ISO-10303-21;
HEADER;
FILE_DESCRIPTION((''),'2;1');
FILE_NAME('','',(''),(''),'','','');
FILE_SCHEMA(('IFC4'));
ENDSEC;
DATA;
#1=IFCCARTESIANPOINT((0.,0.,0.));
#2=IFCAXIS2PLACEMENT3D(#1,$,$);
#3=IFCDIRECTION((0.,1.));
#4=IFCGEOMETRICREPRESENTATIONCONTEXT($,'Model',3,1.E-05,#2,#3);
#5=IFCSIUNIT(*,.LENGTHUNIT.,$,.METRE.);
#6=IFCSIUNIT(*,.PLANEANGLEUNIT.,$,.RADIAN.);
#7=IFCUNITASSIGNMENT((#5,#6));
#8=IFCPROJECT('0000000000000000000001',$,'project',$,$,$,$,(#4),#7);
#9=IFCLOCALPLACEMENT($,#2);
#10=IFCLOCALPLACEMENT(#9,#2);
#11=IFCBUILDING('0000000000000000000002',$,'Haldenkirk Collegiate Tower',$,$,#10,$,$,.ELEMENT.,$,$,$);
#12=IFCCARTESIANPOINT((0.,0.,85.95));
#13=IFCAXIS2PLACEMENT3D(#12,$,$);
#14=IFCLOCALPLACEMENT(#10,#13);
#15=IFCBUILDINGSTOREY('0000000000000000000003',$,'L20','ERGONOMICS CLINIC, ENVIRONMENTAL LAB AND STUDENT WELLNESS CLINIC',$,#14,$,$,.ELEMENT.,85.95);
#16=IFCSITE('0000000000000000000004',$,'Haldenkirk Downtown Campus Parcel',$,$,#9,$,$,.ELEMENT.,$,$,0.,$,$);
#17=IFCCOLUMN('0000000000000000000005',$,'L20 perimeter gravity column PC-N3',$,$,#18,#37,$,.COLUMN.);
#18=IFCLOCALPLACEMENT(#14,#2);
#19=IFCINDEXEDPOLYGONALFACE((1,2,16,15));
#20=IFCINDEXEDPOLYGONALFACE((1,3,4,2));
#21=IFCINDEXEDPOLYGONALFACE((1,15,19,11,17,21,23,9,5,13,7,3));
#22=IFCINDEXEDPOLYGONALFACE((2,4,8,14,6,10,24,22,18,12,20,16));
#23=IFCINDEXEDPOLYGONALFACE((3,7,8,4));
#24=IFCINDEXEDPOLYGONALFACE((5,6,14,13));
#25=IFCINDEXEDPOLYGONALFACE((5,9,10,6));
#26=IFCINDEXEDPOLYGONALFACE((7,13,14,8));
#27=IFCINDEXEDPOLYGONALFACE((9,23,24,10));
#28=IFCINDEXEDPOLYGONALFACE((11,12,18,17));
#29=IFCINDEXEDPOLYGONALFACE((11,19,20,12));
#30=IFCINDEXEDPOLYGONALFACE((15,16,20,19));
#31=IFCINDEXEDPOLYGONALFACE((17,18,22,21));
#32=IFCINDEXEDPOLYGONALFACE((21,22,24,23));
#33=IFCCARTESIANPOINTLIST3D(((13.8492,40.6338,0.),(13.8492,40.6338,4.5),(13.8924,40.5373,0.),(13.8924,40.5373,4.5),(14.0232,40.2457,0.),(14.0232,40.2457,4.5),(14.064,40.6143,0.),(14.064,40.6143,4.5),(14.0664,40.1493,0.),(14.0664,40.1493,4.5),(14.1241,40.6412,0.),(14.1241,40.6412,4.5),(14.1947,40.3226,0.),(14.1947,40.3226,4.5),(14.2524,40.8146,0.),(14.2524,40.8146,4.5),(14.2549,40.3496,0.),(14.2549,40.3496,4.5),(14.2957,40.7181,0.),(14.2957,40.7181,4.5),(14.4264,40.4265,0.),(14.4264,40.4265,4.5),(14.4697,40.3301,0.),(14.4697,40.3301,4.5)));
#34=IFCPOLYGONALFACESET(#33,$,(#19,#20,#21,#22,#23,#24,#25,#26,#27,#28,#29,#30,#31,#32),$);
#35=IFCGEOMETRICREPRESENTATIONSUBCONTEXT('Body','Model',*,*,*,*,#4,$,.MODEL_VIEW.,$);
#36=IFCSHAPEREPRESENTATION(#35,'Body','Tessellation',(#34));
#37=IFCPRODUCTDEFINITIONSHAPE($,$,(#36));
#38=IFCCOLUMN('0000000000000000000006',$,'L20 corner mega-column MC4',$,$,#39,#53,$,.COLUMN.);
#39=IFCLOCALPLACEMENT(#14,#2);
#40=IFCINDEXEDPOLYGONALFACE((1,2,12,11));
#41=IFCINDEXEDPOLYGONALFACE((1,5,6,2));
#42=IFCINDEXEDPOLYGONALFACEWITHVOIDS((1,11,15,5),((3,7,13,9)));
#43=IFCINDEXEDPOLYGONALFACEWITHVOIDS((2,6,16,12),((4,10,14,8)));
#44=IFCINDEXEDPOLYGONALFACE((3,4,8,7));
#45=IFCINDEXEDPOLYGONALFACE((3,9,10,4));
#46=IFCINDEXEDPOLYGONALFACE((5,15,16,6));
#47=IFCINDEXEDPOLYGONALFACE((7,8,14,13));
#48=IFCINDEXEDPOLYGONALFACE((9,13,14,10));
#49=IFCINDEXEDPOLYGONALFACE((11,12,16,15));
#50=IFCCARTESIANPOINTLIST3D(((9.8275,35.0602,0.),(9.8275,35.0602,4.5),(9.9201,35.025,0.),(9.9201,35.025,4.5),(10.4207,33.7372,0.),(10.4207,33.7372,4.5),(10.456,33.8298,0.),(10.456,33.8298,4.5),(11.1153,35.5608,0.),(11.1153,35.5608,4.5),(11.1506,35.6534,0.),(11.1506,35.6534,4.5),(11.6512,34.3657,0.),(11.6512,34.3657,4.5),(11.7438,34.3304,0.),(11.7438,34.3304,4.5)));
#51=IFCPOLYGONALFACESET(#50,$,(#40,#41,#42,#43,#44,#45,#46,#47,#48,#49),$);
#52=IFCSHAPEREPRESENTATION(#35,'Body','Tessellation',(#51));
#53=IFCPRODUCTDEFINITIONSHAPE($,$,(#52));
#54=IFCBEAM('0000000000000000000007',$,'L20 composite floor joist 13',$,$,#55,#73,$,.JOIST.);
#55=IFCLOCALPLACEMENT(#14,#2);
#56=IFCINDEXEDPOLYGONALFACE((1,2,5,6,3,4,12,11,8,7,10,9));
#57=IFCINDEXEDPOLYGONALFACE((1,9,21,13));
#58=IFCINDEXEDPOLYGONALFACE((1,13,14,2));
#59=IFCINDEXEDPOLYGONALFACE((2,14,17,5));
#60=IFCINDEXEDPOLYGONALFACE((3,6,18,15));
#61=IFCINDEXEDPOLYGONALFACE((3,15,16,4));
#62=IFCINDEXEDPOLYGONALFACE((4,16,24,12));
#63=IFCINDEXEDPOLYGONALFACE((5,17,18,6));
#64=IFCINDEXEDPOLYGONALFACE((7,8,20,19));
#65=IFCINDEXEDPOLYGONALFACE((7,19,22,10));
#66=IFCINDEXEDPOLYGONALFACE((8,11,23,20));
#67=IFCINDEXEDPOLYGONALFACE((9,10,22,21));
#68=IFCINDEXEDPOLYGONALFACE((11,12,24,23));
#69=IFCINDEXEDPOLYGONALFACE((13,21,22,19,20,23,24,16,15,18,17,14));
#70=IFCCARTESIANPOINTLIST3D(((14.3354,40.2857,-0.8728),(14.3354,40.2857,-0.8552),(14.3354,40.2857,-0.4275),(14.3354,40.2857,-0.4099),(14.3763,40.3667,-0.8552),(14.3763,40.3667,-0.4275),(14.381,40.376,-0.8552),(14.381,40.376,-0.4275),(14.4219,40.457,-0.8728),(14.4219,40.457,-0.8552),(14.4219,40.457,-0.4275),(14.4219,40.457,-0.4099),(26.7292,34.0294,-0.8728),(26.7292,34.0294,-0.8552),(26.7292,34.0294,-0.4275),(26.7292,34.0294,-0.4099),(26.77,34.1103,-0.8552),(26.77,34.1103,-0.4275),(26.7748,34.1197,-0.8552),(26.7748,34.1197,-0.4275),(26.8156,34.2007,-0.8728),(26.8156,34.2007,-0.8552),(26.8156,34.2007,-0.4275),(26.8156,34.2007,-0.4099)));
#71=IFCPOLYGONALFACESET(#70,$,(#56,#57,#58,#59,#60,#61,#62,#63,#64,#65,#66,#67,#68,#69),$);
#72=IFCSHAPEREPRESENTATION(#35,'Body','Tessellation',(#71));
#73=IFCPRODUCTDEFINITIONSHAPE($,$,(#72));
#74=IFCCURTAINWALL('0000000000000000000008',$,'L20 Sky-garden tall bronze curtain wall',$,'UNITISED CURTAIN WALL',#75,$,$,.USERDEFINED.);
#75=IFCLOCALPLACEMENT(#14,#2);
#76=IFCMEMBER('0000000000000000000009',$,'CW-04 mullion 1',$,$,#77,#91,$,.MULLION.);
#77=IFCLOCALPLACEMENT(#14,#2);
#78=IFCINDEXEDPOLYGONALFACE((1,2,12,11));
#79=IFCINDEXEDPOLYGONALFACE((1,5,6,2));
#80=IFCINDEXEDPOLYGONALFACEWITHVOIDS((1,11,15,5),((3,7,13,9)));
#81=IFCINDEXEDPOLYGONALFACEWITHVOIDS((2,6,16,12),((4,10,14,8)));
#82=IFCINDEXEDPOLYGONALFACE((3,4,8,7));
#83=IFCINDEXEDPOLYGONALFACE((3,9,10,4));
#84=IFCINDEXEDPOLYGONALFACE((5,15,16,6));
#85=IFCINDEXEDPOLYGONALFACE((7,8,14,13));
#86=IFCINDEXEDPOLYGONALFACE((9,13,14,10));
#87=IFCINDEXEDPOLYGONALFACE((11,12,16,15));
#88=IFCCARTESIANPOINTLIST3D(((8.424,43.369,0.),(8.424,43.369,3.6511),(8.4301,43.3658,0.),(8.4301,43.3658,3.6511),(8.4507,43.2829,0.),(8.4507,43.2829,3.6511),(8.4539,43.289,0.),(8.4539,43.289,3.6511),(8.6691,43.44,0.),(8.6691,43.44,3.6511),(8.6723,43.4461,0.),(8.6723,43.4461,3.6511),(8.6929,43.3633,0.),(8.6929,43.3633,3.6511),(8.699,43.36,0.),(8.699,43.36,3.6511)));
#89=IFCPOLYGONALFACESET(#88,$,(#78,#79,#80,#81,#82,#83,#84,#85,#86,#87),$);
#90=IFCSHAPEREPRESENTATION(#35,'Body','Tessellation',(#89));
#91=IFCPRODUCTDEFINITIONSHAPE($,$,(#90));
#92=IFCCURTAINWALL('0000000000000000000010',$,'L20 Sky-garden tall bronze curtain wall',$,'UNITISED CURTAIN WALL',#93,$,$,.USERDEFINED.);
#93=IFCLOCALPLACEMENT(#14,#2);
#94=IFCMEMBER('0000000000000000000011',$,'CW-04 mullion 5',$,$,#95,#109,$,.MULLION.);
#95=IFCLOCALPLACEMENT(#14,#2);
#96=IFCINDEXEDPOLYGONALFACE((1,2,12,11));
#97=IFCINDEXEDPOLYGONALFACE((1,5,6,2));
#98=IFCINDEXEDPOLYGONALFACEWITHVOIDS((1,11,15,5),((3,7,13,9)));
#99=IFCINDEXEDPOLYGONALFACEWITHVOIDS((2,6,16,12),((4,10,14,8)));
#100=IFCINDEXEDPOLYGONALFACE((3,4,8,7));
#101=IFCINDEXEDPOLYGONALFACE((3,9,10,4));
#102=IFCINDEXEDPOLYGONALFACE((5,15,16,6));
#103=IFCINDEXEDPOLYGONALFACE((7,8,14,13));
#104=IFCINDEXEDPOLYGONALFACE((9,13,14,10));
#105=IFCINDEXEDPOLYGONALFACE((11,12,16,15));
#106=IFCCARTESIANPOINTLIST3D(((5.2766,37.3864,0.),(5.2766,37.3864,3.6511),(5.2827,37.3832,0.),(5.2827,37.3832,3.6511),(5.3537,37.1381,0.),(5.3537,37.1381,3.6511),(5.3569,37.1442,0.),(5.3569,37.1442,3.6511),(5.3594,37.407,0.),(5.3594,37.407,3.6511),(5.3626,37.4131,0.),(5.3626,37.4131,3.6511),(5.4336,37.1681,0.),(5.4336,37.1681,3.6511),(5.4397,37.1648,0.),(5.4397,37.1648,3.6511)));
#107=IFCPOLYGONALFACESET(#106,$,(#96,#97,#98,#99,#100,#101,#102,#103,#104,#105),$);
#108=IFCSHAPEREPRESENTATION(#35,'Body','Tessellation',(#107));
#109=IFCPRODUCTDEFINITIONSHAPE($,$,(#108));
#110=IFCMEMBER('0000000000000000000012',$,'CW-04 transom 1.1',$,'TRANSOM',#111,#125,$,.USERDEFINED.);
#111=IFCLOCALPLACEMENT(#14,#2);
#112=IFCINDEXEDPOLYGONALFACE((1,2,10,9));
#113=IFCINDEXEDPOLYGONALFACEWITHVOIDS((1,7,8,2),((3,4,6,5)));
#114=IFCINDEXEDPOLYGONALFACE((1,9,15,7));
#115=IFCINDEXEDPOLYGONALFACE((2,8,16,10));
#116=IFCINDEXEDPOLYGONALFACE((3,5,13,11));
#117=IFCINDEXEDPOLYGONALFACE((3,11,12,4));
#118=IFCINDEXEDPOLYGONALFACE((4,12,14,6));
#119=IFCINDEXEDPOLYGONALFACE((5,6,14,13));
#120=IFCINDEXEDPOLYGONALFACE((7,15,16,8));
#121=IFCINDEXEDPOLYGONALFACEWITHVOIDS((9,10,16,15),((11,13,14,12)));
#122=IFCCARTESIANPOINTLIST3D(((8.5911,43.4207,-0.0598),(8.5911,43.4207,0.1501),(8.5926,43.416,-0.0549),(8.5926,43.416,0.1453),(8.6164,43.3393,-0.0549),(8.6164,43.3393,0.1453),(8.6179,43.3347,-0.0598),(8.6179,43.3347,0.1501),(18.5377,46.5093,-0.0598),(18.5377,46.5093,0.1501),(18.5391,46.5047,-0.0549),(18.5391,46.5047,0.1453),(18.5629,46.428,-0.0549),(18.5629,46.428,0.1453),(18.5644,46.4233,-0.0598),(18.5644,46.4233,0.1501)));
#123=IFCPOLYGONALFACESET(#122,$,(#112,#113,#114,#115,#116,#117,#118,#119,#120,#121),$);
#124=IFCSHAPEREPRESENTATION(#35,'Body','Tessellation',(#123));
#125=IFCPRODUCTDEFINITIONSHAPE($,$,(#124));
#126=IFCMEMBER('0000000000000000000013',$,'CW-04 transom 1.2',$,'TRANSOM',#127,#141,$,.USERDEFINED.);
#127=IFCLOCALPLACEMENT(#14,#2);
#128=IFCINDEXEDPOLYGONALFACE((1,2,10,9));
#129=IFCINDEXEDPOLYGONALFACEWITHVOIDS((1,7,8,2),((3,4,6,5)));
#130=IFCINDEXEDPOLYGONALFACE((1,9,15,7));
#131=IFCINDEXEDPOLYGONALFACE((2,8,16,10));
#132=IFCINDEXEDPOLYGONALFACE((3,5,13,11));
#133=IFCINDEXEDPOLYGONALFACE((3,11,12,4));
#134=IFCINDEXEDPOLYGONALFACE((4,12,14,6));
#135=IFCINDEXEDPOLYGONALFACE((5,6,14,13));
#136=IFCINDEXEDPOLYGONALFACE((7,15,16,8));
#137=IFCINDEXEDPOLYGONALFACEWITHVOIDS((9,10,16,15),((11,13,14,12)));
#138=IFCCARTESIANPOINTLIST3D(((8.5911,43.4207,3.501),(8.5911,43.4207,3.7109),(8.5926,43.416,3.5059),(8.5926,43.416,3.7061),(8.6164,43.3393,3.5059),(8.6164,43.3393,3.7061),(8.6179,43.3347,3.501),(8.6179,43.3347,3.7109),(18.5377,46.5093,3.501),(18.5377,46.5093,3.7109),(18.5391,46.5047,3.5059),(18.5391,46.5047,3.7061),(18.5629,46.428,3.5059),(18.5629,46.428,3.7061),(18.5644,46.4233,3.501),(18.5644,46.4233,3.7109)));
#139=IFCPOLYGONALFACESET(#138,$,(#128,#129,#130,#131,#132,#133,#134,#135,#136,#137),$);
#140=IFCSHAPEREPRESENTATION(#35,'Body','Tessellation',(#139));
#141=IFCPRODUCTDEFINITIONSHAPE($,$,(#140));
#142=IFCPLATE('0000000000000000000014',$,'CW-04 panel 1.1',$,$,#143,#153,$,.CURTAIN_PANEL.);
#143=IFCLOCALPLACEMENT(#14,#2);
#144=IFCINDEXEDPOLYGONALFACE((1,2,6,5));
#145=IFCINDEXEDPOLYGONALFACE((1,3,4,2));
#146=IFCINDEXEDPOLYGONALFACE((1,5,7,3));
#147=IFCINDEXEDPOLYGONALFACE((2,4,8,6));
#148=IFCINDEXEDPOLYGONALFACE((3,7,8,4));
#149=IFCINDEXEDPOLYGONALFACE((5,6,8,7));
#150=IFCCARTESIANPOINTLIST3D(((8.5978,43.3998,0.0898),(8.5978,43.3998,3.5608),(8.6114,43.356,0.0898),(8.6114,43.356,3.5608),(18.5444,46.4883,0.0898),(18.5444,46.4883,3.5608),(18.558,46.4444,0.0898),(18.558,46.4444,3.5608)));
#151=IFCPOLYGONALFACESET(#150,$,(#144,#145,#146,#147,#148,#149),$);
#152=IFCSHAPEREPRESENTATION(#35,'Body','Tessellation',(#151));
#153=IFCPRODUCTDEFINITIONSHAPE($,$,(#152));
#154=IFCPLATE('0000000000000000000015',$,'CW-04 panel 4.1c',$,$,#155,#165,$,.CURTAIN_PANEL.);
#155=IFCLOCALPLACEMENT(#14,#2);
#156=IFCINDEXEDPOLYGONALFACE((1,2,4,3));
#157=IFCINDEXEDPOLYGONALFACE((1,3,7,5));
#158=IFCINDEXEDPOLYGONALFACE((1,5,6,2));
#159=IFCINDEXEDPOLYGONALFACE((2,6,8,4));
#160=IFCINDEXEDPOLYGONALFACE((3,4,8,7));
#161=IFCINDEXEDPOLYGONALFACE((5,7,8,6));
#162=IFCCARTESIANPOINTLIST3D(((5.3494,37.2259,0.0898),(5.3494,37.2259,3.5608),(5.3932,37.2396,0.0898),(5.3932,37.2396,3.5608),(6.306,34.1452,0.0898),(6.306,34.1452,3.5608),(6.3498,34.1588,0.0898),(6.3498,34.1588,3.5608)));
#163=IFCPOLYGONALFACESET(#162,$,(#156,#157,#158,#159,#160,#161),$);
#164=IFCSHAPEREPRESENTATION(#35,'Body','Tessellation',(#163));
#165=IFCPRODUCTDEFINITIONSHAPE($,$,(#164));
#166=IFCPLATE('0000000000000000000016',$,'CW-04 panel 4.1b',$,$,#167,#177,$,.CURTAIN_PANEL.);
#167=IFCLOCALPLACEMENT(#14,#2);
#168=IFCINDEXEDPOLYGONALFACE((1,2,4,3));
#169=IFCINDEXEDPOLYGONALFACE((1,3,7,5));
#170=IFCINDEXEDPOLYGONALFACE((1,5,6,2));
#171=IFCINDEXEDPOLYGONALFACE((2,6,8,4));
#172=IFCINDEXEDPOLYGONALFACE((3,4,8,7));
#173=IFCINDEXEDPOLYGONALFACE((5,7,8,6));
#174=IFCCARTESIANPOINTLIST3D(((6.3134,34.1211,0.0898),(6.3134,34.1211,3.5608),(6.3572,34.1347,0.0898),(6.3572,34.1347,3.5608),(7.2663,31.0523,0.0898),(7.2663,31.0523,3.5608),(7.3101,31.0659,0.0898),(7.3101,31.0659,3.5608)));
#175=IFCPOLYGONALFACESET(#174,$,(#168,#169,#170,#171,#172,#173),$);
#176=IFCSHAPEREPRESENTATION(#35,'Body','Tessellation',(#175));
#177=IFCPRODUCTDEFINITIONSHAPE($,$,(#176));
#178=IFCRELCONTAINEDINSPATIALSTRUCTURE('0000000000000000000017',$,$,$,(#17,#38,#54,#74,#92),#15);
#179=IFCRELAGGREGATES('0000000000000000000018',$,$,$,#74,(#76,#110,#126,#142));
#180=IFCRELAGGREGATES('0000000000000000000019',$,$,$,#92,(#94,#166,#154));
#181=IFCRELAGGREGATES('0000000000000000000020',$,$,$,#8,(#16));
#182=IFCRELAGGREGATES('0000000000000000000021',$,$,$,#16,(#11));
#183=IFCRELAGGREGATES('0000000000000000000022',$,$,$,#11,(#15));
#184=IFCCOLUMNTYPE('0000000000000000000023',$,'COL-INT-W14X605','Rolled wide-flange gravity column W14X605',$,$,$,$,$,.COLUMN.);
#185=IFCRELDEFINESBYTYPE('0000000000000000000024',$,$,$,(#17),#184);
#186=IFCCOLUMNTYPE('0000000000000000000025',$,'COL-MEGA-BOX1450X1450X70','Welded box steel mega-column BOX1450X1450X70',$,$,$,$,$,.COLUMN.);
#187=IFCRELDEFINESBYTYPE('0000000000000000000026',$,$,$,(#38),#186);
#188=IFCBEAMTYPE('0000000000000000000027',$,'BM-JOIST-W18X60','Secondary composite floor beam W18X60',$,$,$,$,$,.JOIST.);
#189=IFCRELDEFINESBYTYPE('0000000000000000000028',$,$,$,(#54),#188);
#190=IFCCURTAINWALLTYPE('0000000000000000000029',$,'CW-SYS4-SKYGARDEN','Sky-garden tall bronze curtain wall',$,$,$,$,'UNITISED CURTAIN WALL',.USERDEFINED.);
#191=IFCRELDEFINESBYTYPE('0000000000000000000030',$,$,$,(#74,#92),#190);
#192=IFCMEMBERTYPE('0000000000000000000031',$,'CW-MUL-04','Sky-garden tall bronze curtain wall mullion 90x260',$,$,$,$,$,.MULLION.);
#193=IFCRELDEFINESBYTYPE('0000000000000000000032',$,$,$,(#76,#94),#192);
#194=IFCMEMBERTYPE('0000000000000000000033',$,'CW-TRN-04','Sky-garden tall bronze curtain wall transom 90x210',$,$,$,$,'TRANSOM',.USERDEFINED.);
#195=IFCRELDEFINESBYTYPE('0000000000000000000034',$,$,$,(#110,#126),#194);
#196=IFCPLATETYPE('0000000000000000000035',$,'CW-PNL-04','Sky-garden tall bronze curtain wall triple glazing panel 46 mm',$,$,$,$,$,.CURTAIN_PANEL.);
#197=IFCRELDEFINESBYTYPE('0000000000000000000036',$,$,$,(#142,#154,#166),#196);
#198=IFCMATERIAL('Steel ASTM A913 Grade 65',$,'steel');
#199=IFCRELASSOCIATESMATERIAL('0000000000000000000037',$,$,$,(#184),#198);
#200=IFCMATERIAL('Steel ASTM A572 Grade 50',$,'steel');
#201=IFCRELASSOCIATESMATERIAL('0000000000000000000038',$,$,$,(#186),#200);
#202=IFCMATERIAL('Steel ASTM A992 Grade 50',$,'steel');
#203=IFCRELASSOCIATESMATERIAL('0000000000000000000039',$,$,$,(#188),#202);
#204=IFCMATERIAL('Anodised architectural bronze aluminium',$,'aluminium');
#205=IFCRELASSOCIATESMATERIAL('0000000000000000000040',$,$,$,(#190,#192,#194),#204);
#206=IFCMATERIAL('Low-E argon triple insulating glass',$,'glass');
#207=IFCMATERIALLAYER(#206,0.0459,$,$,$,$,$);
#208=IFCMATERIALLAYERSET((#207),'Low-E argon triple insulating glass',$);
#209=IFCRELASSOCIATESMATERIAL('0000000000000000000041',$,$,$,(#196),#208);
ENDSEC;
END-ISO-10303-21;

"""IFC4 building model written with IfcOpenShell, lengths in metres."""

from ifc_helpers import new_model, si_unit, direction, frame, origin, origin_2d, place, context, subcontext, project, spatial, rectangle, hollow_rectangle, i_section, extrude, source, transform, mapped, material, layer, layer_set, material_profile, profile_set, type_object, element, aggregate, save


model = new_model("IFC4")

# Units and contexts
model_context = context("Model", 3, precision=1e-05, world=origin(), true_north=direction((0.0, 1.0)))
body_context = subcontext(model_context, "Body", "Model", "MODEL_VIEW")
ifc_project = project(units=[si_unit("LENGTHUNIT", "METRE"), si_unit("PLANEANGLEUNIT", "RADIAN")], contexts=[model_context])

# Site, building, storey
site_placement = place(None, origin())
site = spatial("IfcSite", under=ifc_project, at=site_placement, Name="Haldenkirk Downtown Campus Parcel", CompositionType="ELEMENT", RefElevation=0.0)
building_placement = place(site_placement, origin())
building = spatial("IfcBuilding", under=site, at=building_placement, Name="Haldenkirk Collegiate Tower", CompositionType="ELEMENT")
storey_placement = place(building_placement, frame((0.0, 0.0, 85.95)))
storey = spatial("IfcBuildingStorey", under=building, at=storey_placement, Name="L20", Description="ERGONOMICS CLINIC, ENVIRONMENTAL LAB AND STUDENT WELLNESS CLINIC", CompositionType="ELEMENT", Elevation=85.95)

# Columns
ifc_material_1 = material(Name="Steel ASTM A913 Grade 65", Category="steel")
ifc_material_profile_1 = material_profile(ifc_material_1, i_section(OverallWidth=0.4419, OverallDepth=0.531, WebThickness=0.0659, FlangeThickness=0.1057, at=origin_2d()), Name="W14X605")
ifc_profile_set_1 = profile_set([ifc_material_profile_1], Name="Steel ASTM A913 Grade 65")
column_type_1 = type_object("IfcColumnType", Name="COL-INT-W14X605", Description="Rolled wide-flange gravity column W14X605", PredefinedType="COLUMN", material=ifc_profile_set_1)
column_1_placement = place(storey_placement, frame((14.1594, 40.4819, 0.0), z_axis=(0.0, 0.0, 1.0), x_axis=(0.912477, 0.409127, 0.0)))
element("IfcColumn", 1, at=column_1_placement, inside=storey, type_object=column_type_1, Name="L20 perimeter gravity column PC-N3", PredefinedType="COLUMN", context=body_context, shape_type="SweptSolid", body=[
    extrude(i_section(OverallWidth=0.4419, OverallDepth=0.531, WebThickness=0.0659, FlangeThickness=0.1057, at=origin_2d()), origin(), (0.0, 0.0, 1.0), 4.5),
])
ifc_material_2 = material(Name="Steel ASTM A572 Grade 50", Category="steel")
ifc_material_profile_2 = material_profile(ifc_material_2, hollow_rectangle(XDim=1.45, YDim=1.45, WallThickness=0.0701, at=origin_2d()), Name="BOX1450X1450X70")
ifc_profile_set_2 = profile_set([ifc_material_profile_2], Name="Steel ASTM A572 Grade 50")
column_type_2 = type_object("IfcColumnType", Name="COL-MEGA-BOX1450X1450X70", Description="Welded box steel mega-column BOX1450X1450X70", PredefinedType="COLUMN", material=ifc_profile_set_2)
column_2_placement = place(storey_placement, frame((10.7856, 34.6953, 0.0), z_axis=(0.0, 0.0, 1.0), x_axis=(0.912477, 0.409127, 0.0)))
element("IfcColumn", 2, at=column_2_placement, inside=storey, type_object=column_type_2, Name="L20 corner mega-column MC4", PredefinedType="COLUMN", context=body_context, shape_type="SweptSolid", body=[
    extrude(hollow_rectangle(XDim=1.45, YDim=1.45, WallThickness=0.0701, at=origin_2d()), origin(), (0.0, 0.0, 1.0), 4.5),
])

# Beam
ifc_material_3 = material(Name="Steel ASTM A992 Grade 50", Category="steel")
ifc_material_profile_3 = material_profile(ifc_material_3, i_section(OverallWidth=0.1919, OverallDepth=0.4629, WebThickness=0.0105, FlangeThickness=0.0176, at=origin_2d()), Name="W18X60")
ifc_profile_set_3 = profile_set([ifc_material_profile_3], Name="Steel ASTM A992 Grade 50")
beam_type = type_object("IfcBeamType", Name="BM-JOIST-W18X60", Description="Secondary composite floor beam W18X60", PredefinedType="JOIST", material=ifc_profile_set_3)
beam_placement = place(storey_placement, frame((14.3787, 40.3713, -0.6414), z_axis=(0.892708, -0.450636, 0.0), x_axis=(0.450636, 0.892708, 0.0)))
element("IfcBeam", 3, at=beam_placement, inside=storey, type_object=beam_type, Name="L20 composite floor joist 13", PredefinedType="JOIST", context=body_context, shape_type="SweptSolid", body=[
    extrude(i_section(OverallWidth=0.1919, OverallDepth=0.4629, WebThickness=0.0105, FlangeThickness=0.0176, at=origin_2d()), origin(), (0.0, 0.0, 1.0), 13.8833),
])

# Curtain walls, members
ifc_material_4 = material(Name="Anodised architectural bronze aluminium", Category="aluminium")
curtain_wall_type = type_object("IfcCurtainWallType", Name="CW-SYS4-SKYGARDEN", Description="Sky-garden tall bronze curtain wall", ElementType="UNITISED CURTAIN WALL", PredefinedType="USERDEFINED", material=ifc_material_4)
curtain_wall_1_placement = place(storey_placement, origin())
curtain_wall_1 = element("IfcCurtainWall", 4, at=curtain_wall_1_placement, inside=storey, type_object=curtain_wall_type, Name="L20 Sky-garden tall bronze curtain wall", ObjectType="UNITISED CURTAIN WALL", PredefinedType="USERDEFINED")
ifc_material_profile_4 = material_profile(ifc_material_4, hollow_rectangle(XDim=0.0901, YDim=0.26, WallThickness=0.0049, at=origin_2d()), Name="CW-MUL-04")
ifc_profile_set_4 = profile_set([ifc_material_profile_4], Name="Anodised architectural bronze aluminium")
member_type_1 = type_object("IfcMemberType", Name="CW-MUL-04", Description="Sky-garden tall bronze curtain wall mullion 90x260", PredefinedType="MULLION", material=ifc_profile_set_4)
member_1_placement = place(storey_placement, frame((8.5615, 43.3645, 0.0), z_axis=(0.0, 0.0, 1.0), x_axis=(-0.29654, 0.95502, 0.0)))
member_1 = element("IfcMember", 5, at=member_1_placement, type_object=member_type_1, Name="CW-04 mullion 1", PredefinedType="MULLION", context=body_context, shape_type="SweptSolid", body=[
    extrude(hollow_rectangle(XDim=0.0901, YDim=0.26, WallThickness=0.0049, at=origin_2d()), origin(), (0.0, 0.0, 1.0), 3.6511),
])
curtain_wall_2_placement = place(storey_placement, origin())
curtain_wall_2 = element("IfcCurtainWall", 6, at=curtain_wall_2_placement, inside=storey, type_object=curtain_wall_type, Name="L20 Sky-garden tall bronze curtain wall", ObjectType="UNITISED CURTAIN WALL", PredefinedType="USERDEFINED")
member_2_placement = place(storey_placement, frame((5.3582, 37.2756, 0.0), z_axis=(0.0, 0.0, 1.0), x_axis=(-0.95502, -0.296541, 0.0)))
member_2 = element("IfcMember", 7, at=member_2_placement, type_object=member_type_1, Name="CW-04 mullion 5", PredefinedType="MULLION", context=body_context, shape_type="SweptSolid", body=[
    extrude(hollow_rectangle(XDim=0.0901, YDim=0.26, WallThickness=0.0049, at=origin_2d()), origin(), (0.0, 0.0, 1.0), 3.6511),
])

# Members
ifc_material_profile_5 = material_profile(ifc_material_4, hollow_rectangle(XDim=0.0901, YDim=0.21, WallThickness=0.0049, at=origin_2d()), Name="CW-TRN-04")
ifc_profile_set_5 = profile_set([ifc_material_profile_5], Name="Anodised architectural bronze aluminium")
member_type_2 = type_object("IfcMemberType", Name="CW-TRN-04", Description="Sky-garden tall bronze curtain wall transom 90x210", ElementType="TRANSOM", PredefinedType="USERDEFINED", material=ifc_profile_set_5)
member_3_placement = place(storey_placement, frame((8.6045, 43.3777, 0.0452), z_axis=(0.955016, 0.296554, 0.0), x_axis=(-0.296554, 0.955016, 0.0)))
member_3 = element("IfcMember", 8, at=member_3_placement, type_object=member_type_2, Name="CW-04 transom 1.1", ObjectType="TRANSOM", PredefinedType="USERDEFINED", context=body_context, shape_type="SweptSolid", body=[
    extrude(hollow_rectangle(XDim=0.0901, YDim=0.21, WallThickness=0.0049, at=origin_2d()), origin(), (0.0, 0.0, 1.0), 10.415),
])
member_4_placement = place(storey_placement, frame((8.6045, 43.3777, 3.606), z_axis=(0.955016, 0.296554, 0.0), x_axis=(-0.296554, 0.955016, 0.0)))
member_4 = element("IfcMember", 9, at=member_4_placement, type_object=member_type_2, Name="CW-04 transom 1.2", ObjectType="TRANSOM", PredefinedType="USERDEFINED", context=body_context, shape_type="SweptSolid", body=[
    extrude(hollow_rectangle(XDim=0.0901, YDim=0.21, WallThickness=0.0049, at=origin_2d()), origin(), (0.0, 0.0, 1.0), 10.415),
])

# Plates
ifc_material_5 = material(Name="Low-E argon triple insulating glass", Category="glass")
ifc_layer_1 = layer(ifc_material_5, 0.0459)
ifc_layer_set_1 = layer_set([ifc_layer_1], Name="Low-E argon triple insulating glass")
plate_type = type_object("IfcPlateType", Name="CW-PNL-04", Description="Sky-garden tall bronze curtain wall triple glazing panel 46 mm", PredefinedType="CURTAIN_PANEL", material=ifc_layer_set_1)
shared_shape_1 = source(origin(), body_context, "Body", "SweptSolid", [
    extrude(rectangle(XDim=10.415, YDim=0.0459, at=origin_2d()), origin(), (0.0, 0.0, 1.0), 3.4709),
])
plate_1_placement = place(storey_placement, frame((13.5779, 44.9221, 0.0898), z_axis=(0.0, 0.0, 1.0), x_axis=(0.95502, 0.29654, 0.0)))
plate_1 = element("IfcPlate", 10, at=plate_1_placement, type_object=plate_type, Name="CW-04 panel 1.1", PredefinedType="CURTAIN_PANEL", context=body_context, shape_type="MappedRepresentation", body=[
    mapped(shared_shape_1, transform((0.0, 0.0, 0.0), x_axis=(1.0, 0.0, 0.0), y_axis=(0.0, 1.0, 0.0), z_axis=(0.0, 0.0, 1.0), scale=1.0)),
])
aggregate(curtain_wall_1, [member_1, member_3, member_4, plate_1])
shared_shape_2 = source(origin(), body_context, "Body", "SweptSolid", [
    extrude(rectangle(XDim=3.2258, YDim=0.0459, at=origin_2d()), origin(), (0.0, 0.0, 1.0), 3.4709),
])
plate_2_placement = place(storey_placement, frame((5.8496, 35.6924, 0.0898), z_axis=(0.0, 0.0, 1.0), x_axis=(-0.296541, 0.95502, 0.0)))
plate_2 = element("IfcPlate", 11, at=plate_2_placement, type_object=plate_type, Name="CW-04 panel 4.1c", PredefinedType="CURTAIN_PANEL", context=body_context, shape_type="MappedRepresentation", body=[
    mapped(shared_shape_2, transform((0.0, 0.0, 0.0), x_axis=(1.0, 0.0, 0.0), y_axis=(0.0, 1.0, 0.0), z_axis=(0.0, 0.0, 1.0), scale=1.0)),
])
shared_shape_3 = source(origin(), body_context, "Body", "SweptSolid", [
    extrude(rectangle(XDim=3.2134, YDim=0.0459, at=origin_2d()), origin(), (0.0, 0.0, 1.0), 3.4709),
])
plate_3_placement = place(storey_placement, frame((6.8118, 32.5935, 0.0898), z_axis=(0.0, 0.0, 1.0), x_axis=(-0.296541, 0.95502, 0.0)))
plate_3 = element("IfcPlate", 12, at=plate_3_placement, type_object=plate_type, Name="CW-04 panel 4.1b", PredefinedType="CURTAIN_PANEL", context=body_context, shape_type="MappedRepresentation", body=[
    mapped(shared_shape_3, transform((0.0, 0.0, 0.0), x_axis=(1.0, 0.0, 0.0), y_axis=(0.0, 1.0, 0.0), z_axis=(0.0, 0.0, 1.0), scale=1.0)),
])
aggregate(curtain_wall_2, [member_2, plate_3, plate_2])

save(model, "model.ifc")
